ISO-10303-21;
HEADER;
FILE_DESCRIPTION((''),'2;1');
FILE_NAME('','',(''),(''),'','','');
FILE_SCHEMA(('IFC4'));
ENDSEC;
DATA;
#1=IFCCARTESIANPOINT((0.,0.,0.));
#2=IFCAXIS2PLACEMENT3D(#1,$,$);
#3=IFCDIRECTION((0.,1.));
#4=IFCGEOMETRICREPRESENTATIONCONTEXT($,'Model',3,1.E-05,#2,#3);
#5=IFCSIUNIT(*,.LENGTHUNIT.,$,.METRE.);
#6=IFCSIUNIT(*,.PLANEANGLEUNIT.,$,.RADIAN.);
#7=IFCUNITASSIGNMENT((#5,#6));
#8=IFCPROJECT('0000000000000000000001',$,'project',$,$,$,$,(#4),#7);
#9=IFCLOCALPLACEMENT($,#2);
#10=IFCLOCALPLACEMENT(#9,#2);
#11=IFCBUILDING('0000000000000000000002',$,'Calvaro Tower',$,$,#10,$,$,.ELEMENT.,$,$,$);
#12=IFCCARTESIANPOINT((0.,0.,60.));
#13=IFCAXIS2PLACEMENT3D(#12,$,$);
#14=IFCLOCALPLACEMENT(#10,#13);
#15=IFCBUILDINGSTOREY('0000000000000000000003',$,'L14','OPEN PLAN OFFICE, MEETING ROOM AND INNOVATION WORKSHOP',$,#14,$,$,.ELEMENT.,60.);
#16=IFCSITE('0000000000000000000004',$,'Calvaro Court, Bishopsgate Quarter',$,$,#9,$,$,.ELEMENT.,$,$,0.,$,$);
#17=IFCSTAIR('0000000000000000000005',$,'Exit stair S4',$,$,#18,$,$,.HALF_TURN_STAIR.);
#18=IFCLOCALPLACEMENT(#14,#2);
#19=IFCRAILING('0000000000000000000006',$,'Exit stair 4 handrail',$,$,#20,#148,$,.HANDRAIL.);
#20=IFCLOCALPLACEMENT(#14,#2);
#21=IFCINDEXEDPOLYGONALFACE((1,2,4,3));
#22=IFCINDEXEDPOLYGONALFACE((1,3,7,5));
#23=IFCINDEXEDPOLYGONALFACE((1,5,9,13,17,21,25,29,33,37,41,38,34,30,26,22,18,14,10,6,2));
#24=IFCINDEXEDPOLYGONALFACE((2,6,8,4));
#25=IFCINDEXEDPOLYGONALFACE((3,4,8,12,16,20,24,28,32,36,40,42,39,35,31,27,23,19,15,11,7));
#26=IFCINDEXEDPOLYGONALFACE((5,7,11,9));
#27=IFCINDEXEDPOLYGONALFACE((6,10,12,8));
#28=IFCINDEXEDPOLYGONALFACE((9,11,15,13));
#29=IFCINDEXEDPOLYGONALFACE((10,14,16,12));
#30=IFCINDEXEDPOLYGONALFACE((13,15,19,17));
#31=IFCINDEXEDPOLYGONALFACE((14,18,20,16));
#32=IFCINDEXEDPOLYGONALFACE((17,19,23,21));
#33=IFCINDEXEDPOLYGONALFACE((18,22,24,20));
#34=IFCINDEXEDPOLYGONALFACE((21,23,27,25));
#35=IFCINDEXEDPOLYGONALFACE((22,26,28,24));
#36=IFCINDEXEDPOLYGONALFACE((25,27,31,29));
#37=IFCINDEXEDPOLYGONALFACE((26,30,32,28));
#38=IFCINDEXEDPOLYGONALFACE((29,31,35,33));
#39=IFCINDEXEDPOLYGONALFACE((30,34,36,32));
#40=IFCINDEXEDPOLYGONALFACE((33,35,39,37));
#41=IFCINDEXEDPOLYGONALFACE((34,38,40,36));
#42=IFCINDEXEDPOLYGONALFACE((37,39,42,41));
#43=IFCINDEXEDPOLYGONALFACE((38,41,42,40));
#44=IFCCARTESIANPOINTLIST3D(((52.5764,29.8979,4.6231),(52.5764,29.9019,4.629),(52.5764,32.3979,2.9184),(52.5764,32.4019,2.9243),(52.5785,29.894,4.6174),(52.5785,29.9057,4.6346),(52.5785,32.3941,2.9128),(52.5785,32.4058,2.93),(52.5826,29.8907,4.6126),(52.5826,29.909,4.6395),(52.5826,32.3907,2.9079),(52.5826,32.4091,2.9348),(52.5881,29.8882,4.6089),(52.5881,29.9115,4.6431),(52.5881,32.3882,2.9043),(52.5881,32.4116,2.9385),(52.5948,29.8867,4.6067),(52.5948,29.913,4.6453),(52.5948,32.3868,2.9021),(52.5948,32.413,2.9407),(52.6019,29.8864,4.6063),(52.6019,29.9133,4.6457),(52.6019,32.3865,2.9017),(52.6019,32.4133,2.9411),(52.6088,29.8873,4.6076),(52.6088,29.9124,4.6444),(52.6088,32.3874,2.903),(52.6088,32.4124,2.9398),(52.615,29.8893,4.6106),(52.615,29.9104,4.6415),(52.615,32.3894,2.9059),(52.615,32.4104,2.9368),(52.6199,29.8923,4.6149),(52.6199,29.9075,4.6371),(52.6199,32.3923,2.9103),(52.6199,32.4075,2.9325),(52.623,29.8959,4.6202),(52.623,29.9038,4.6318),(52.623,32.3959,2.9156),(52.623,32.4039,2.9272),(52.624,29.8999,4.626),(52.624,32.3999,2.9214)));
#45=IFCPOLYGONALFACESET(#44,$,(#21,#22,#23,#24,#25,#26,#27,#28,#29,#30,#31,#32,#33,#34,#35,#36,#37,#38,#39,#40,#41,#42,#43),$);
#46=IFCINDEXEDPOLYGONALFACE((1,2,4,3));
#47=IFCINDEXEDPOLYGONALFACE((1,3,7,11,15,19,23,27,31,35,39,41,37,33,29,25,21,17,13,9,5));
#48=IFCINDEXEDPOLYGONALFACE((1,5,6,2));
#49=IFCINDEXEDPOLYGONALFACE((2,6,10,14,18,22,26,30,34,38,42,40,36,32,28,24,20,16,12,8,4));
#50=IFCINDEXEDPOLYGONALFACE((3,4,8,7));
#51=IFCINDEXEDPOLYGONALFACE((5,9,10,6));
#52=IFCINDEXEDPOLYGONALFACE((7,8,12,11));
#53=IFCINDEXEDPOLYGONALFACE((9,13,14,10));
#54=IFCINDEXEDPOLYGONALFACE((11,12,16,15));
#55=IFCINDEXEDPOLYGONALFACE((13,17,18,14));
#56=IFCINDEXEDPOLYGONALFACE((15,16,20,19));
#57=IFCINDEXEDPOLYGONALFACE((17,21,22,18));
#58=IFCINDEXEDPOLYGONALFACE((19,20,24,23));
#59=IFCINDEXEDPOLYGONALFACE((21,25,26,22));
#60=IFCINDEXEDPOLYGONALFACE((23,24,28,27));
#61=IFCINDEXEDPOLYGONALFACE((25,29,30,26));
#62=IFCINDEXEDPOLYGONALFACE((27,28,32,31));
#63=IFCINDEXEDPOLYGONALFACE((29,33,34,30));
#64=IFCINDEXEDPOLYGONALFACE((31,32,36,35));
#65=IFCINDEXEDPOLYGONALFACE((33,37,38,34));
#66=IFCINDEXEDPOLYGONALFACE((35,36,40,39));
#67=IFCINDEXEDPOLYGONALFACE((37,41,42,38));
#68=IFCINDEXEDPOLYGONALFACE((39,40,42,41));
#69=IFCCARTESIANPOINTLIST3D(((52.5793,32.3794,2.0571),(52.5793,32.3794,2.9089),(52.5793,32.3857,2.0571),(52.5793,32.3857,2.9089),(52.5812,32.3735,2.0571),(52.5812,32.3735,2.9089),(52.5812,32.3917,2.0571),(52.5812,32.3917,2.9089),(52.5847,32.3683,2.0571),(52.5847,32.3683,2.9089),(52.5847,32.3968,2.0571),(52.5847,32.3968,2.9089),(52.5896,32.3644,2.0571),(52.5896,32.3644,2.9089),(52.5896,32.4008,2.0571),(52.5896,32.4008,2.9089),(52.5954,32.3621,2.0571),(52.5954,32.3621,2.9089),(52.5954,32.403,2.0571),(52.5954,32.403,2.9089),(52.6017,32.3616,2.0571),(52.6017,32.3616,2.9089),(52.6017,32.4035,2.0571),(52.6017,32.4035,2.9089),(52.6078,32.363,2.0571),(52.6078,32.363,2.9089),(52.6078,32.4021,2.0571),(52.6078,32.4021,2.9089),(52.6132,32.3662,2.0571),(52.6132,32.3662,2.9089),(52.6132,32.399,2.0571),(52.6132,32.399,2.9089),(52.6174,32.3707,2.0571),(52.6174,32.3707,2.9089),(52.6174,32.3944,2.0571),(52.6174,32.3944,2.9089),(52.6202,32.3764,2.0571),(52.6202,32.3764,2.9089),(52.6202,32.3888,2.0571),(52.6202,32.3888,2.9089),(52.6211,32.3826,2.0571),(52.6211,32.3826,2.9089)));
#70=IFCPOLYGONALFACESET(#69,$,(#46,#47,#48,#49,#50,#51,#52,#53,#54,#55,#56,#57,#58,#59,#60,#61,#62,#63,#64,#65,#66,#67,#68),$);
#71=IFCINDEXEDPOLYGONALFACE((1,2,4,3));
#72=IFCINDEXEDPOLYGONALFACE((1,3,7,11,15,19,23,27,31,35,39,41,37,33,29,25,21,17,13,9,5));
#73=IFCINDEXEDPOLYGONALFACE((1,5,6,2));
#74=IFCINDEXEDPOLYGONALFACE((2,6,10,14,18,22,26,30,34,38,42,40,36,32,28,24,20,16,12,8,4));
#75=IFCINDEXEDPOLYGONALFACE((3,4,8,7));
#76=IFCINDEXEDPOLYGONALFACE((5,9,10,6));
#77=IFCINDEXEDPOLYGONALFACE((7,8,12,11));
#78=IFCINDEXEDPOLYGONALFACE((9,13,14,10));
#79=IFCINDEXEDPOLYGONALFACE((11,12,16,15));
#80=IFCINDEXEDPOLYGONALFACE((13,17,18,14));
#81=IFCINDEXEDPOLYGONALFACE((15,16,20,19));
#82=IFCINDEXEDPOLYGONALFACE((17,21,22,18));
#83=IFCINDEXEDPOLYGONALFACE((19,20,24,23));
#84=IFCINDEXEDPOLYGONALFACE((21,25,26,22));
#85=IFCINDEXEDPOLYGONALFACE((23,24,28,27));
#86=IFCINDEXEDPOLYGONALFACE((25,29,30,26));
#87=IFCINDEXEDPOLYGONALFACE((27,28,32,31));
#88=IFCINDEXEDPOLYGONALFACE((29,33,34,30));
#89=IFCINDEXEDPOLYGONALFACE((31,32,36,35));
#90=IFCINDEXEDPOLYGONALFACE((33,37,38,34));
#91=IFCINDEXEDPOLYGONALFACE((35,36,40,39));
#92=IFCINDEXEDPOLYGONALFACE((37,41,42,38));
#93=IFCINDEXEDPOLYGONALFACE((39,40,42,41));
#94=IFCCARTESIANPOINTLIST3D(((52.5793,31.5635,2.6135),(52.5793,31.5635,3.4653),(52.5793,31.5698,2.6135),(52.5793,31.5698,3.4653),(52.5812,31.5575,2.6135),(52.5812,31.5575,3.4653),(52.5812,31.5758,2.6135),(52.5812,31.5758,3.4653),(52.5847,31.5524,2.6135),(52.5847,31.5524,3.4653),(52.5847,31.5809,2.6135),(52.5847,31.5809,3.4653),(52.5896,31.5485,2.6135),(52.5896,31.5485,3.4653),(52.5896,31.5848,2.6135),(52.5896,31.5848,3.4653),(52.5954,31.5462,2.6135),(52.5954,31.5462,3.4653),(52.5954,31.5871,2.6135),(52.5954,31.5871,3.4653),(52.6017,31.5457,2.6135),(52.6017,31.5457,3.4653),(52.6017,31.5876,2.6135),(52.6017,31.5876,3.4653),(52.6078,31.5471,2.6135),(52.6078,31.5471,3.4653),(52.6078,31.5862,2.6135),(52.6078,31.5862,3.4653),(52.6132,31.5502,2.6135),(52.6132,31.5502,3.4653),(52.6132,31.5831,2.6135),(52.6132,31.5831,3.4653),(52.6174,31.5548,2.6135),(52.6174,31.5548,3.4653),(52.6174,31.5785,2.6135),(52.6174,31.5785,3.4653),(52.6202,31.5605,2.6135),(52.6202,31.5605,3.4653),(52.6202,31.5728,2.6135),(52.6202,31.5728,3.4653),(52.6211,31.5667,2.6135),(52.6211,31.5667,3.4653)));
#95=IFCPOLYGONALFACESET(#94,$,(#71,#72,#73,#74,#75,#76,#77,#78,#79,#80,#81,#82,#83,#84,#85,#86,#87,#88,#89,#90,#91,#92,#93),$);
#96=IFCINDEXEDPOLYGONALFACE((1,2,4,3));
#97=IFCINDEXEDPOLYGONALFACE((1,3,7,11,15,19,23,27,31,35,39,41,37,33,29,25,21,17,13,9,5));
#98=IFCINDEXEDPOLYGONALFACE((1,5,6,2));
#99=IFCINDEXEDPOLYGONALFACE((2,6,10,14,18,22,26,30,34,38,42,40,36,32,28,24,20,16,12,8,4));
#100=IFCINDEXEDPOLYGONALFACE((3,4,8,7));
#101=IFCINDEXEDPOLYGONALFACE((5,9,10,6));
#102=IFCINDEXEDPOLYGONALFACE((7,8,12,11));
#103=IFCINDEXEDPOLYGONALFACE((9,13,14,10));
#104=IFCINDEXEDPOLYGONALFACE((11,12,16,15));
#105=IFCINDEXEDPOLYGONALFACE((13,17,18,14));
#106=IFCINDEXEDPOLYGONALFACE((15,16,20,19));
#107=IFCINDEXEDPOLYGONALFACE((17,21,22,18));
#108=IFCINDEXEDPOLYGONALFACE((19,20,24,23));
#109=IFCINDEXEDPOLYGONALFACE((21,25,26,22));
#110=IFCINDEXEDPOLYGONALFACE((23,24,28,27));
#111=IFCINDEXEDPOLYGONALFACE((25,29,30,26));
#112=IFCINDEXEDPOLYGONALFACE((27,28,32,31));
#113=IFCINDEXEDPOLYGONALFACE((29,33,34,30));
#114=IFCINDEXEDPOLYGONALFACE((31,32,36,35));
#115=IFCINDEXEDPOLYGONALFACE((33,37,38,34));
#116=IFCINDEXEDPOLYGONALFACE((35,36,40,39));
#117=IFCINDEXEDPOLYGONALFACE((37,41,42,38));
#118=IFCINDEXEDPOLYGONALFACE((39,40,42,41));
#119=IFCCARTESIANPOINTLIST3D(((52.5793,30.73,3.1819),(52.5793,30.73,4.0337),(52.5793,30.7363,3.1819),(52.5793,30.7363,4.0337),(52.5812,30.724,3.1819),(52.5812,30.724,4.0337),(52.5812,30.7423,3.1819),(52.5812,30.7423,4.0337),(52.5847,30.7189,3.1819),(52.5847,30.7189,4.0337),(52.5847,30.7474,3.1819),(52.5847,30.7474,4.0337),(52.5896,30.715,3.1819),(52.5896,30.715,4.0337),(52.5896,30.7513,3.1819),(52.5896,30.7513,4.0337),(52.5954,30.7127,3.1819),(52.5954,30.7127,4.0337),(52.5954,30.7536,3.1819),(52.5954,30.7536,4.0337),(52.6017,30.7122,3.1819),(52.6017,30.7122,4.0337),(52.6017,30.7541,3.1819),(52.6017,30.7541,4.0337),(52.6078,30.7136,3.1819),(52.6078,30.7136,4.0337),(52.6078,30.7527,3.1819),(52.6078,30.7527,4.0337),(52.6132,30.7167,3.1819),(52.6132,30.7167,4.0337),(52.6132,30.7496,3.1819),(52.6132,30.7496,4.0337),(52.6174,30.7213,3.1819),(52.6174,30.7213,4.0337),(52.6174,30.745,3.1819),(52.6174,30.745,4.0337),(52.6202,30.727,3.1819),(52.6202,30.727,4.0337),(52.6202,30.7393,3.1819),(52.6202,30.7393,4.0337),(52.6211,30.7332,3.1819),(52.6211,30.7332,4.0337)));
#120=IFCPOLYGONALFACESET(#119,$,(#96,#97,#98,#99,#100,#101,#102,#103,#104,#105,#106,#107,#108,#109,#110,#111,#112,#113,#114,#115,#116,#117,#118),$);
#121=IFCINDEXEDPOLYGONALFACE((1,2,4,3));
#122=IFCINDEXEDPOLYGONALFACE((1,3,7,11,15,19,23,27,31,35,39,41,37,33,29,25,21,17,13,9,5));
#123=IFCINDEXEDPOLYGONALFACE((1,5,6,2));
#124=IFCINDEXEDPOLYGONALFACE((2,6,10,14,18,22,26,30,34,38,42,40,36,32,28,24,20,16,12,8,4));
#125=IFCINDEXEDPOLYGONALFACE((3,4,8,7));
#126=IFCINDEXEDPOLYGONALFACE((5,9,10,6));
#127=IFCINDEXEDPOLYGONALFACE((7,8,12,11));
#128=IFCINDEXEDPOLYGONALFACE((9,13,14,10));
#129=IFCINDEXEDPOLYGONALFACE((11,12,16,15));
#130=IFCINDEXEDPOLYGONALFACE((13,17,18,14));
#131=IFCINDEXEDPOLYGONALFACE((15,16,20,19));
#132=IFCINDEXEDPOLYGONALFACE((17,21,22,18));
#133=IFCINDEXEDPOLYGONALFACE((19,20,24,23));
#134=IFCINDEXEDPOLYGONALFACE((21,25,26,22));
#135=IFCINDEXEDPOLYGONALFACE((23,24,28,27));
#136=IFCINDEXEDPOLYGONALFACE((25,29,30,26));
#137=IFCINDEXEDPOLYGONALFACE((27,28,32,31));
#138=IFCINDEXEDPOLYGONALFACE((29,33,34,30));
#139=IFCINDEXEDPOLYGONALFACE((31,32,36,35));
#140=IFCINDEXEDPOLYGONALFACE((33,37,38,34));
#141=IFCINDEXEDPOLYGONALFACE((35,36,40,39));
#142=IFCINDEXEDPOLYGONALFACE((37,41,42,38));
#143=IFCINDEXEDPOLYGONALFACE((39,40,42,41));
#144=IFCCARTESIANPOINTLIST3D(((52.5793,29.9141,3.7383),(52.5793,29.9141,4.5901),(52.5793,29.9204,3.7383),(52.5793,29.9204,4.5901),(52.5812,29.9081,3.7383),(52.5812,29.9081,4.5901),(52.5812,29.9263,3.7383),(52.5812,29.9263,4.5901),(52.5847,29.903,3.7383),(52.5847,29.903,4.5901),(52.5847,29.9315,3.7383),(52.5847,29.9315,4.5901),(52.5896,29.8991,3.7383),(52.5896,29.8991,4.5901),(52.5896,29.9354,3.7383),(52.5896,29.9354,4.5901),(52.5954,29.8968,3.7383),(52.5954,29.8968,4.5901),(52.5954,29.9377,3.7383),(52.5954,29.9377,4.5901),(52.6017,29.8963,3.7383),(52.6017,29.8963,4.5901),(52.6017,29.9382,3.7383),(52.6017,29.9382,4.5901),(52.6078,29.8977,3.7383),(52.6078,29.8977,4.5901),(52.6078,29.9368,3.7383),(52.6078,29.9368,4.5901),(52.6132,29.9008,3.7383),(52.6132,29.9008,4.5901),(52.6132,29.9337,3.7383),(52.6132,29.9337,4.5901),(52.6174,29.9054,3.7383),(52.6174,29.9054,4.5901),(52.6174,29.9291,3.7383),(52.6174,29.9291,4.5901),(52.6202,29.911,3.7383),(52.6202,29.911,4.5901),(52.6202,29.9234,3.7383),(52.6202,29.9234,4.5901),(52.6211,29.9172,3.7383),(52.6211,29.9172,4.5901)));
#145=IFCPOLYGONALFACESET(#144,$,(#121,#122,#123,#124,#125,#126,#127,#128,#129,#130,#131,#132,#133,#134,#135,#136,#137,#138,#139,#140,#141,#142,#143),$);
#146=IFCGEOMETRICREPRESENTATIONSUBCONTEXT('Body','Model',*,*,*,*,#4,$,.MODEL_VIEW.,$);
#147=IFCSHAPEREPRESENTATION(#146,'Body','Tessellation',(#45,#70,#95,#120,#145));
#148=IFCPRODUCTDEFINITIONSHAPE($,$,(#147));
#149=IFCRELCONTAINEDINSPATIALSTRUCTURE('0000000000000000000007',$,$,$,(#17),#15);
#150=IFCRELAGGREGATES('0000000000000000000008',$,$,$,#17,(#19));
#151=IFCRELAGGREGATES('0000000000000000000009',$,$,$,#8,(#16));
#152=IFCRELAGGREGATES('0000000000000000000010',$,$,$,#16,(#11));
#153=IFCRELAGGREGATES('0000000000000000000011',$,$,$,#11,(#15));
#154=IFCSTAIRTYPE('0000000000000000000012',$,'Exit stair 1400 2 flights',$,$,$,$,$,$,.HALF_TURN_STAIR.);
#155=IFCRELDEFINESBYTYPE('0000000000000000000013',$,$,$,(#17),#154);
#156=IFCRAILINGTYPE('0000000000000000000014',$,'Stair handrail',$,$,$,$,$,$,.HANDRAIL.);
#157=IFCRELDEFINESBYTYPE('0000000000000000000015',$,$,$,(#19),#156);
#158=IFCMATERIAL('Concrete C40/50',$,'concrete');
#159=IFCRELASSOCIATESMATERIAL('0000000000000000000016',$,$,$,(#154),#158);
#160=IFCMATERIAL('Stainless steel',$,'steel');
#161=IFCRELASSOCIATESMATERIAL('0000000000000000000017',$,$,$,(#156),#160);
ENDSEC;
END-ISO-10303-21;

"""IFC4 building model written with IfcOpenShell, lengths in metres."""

from ifc_helpers import new_model, si_unit, direction, frame, origin, origin_2d, place, context, subcontext, project, spatial, circle, extrude, material, type_object, element, aggregate, save


model = new_model("IFC4")

# Units and contexts
model_context = context("Model", 3, precision=1e-05, world=origin(), true_north=direction((0.0, 1.0)))
body_context = subcontext(model_context, "Body", "Model", "MODEL_VIEW")
ifc_project = project(units=[si_unit("LENGTHUNIT", "METRE"), si_unit("PLANEANGLEUNIT", "RADIAN")], contexts=[model_context])

# Site, building, storey
site_placement = place(None, origin())
site = spatial("IfcSite", under=ifc_project, at=site_placement, Name="Calvaro Court, Bishopsgate Quarter", CompositionType="ELEMENT", RefElevation=0.0)
building_placement = place(site_placement, origin())
building = spatial("IfcBuilding", under=site, at=building_placement, Name="Calvaro Tower", CompositionType="ELEMENT")
storey_placement = place(building_placement, frame((0.0, 0.0, 60.0)))
storey = spatial("IfcBuildingStorey", under=building, at=storey_placement, Name="L14", Description="OPEN PLAN OFFICE, MEETING ROOM AND INNOVATION WORKSHOP", CompositionType="ELEMENT", Elevation=60.0)

# Stair
ifc_material_1 = material(Name="Concrete C40/50", Category="concrete")
stair_type = type_object("IfcStairType", Name="Exit stair 1400 2 flights", PredefinedType="HALF_TURN_STAIR", material=ifc_material_1)
stair_1_placement = place(storey_placement, origin())
stair_1 = element("IfcStair", 1, at=stair_1_placement, inside=storey, type_object=stair_type, Name="Exit stair S4", PredefinedType="HALF_TURN_STAIR")

# Railing
ifc_material_2 = material(Name="Stainless steel", Category="steel")
railing_type = type_object("IfcRailingType", Name="Stair handrail", PredefinedType="HANDRAIL", material=ifc_material_2)
railing_1_placement = place(storey_placement, frame((52.6001, 32.3999, 2.0454)))
railing_1 = element("IfcRailing", 2, at=railing_1_placement, type_object=railing_type, Name="Exit stair 4 handrail", PredefinedType="HANDRAIL", context=body_context, shape_type="SweptSolid", body=[
    extrude(circle(Radius=0.0239, at=origin_2d()), frame((0.0, 0.0, 0.876), z_axis=(0.0, -0.826221, 0.563347), x_axis=(1.0, 0.0, 0.0)), (0.0, 0.0, 1.0), 3.0259),
    extrude(circle(Radius=0.021, at=origin_2d()), frame((0.0, -0.0173, 0.0117)), (0.0, 0.0, 1.0), 0.8518),
    extrude(circle(Radius=0.021, at=origin_2d()), frame((0.0, -0.8333, 0.5681)), (0.0, 0.0, 1.0), 0.8518),
    extrude(circle(Radius=0.021, at=origin_2d()), frame((0.0, -1.6667, 1.1365)), (0.0, 0.0, 1.0), 0.8518),
    extrude(circle(Radius=0.021, at=origin_2d()), frame((0.0, -2.4827, 1.6929)), (0.0, 0.0, 1.0), 0.8518),
])
aggregate(stair_1, [railing_1])

save(model, "model.ifc")
